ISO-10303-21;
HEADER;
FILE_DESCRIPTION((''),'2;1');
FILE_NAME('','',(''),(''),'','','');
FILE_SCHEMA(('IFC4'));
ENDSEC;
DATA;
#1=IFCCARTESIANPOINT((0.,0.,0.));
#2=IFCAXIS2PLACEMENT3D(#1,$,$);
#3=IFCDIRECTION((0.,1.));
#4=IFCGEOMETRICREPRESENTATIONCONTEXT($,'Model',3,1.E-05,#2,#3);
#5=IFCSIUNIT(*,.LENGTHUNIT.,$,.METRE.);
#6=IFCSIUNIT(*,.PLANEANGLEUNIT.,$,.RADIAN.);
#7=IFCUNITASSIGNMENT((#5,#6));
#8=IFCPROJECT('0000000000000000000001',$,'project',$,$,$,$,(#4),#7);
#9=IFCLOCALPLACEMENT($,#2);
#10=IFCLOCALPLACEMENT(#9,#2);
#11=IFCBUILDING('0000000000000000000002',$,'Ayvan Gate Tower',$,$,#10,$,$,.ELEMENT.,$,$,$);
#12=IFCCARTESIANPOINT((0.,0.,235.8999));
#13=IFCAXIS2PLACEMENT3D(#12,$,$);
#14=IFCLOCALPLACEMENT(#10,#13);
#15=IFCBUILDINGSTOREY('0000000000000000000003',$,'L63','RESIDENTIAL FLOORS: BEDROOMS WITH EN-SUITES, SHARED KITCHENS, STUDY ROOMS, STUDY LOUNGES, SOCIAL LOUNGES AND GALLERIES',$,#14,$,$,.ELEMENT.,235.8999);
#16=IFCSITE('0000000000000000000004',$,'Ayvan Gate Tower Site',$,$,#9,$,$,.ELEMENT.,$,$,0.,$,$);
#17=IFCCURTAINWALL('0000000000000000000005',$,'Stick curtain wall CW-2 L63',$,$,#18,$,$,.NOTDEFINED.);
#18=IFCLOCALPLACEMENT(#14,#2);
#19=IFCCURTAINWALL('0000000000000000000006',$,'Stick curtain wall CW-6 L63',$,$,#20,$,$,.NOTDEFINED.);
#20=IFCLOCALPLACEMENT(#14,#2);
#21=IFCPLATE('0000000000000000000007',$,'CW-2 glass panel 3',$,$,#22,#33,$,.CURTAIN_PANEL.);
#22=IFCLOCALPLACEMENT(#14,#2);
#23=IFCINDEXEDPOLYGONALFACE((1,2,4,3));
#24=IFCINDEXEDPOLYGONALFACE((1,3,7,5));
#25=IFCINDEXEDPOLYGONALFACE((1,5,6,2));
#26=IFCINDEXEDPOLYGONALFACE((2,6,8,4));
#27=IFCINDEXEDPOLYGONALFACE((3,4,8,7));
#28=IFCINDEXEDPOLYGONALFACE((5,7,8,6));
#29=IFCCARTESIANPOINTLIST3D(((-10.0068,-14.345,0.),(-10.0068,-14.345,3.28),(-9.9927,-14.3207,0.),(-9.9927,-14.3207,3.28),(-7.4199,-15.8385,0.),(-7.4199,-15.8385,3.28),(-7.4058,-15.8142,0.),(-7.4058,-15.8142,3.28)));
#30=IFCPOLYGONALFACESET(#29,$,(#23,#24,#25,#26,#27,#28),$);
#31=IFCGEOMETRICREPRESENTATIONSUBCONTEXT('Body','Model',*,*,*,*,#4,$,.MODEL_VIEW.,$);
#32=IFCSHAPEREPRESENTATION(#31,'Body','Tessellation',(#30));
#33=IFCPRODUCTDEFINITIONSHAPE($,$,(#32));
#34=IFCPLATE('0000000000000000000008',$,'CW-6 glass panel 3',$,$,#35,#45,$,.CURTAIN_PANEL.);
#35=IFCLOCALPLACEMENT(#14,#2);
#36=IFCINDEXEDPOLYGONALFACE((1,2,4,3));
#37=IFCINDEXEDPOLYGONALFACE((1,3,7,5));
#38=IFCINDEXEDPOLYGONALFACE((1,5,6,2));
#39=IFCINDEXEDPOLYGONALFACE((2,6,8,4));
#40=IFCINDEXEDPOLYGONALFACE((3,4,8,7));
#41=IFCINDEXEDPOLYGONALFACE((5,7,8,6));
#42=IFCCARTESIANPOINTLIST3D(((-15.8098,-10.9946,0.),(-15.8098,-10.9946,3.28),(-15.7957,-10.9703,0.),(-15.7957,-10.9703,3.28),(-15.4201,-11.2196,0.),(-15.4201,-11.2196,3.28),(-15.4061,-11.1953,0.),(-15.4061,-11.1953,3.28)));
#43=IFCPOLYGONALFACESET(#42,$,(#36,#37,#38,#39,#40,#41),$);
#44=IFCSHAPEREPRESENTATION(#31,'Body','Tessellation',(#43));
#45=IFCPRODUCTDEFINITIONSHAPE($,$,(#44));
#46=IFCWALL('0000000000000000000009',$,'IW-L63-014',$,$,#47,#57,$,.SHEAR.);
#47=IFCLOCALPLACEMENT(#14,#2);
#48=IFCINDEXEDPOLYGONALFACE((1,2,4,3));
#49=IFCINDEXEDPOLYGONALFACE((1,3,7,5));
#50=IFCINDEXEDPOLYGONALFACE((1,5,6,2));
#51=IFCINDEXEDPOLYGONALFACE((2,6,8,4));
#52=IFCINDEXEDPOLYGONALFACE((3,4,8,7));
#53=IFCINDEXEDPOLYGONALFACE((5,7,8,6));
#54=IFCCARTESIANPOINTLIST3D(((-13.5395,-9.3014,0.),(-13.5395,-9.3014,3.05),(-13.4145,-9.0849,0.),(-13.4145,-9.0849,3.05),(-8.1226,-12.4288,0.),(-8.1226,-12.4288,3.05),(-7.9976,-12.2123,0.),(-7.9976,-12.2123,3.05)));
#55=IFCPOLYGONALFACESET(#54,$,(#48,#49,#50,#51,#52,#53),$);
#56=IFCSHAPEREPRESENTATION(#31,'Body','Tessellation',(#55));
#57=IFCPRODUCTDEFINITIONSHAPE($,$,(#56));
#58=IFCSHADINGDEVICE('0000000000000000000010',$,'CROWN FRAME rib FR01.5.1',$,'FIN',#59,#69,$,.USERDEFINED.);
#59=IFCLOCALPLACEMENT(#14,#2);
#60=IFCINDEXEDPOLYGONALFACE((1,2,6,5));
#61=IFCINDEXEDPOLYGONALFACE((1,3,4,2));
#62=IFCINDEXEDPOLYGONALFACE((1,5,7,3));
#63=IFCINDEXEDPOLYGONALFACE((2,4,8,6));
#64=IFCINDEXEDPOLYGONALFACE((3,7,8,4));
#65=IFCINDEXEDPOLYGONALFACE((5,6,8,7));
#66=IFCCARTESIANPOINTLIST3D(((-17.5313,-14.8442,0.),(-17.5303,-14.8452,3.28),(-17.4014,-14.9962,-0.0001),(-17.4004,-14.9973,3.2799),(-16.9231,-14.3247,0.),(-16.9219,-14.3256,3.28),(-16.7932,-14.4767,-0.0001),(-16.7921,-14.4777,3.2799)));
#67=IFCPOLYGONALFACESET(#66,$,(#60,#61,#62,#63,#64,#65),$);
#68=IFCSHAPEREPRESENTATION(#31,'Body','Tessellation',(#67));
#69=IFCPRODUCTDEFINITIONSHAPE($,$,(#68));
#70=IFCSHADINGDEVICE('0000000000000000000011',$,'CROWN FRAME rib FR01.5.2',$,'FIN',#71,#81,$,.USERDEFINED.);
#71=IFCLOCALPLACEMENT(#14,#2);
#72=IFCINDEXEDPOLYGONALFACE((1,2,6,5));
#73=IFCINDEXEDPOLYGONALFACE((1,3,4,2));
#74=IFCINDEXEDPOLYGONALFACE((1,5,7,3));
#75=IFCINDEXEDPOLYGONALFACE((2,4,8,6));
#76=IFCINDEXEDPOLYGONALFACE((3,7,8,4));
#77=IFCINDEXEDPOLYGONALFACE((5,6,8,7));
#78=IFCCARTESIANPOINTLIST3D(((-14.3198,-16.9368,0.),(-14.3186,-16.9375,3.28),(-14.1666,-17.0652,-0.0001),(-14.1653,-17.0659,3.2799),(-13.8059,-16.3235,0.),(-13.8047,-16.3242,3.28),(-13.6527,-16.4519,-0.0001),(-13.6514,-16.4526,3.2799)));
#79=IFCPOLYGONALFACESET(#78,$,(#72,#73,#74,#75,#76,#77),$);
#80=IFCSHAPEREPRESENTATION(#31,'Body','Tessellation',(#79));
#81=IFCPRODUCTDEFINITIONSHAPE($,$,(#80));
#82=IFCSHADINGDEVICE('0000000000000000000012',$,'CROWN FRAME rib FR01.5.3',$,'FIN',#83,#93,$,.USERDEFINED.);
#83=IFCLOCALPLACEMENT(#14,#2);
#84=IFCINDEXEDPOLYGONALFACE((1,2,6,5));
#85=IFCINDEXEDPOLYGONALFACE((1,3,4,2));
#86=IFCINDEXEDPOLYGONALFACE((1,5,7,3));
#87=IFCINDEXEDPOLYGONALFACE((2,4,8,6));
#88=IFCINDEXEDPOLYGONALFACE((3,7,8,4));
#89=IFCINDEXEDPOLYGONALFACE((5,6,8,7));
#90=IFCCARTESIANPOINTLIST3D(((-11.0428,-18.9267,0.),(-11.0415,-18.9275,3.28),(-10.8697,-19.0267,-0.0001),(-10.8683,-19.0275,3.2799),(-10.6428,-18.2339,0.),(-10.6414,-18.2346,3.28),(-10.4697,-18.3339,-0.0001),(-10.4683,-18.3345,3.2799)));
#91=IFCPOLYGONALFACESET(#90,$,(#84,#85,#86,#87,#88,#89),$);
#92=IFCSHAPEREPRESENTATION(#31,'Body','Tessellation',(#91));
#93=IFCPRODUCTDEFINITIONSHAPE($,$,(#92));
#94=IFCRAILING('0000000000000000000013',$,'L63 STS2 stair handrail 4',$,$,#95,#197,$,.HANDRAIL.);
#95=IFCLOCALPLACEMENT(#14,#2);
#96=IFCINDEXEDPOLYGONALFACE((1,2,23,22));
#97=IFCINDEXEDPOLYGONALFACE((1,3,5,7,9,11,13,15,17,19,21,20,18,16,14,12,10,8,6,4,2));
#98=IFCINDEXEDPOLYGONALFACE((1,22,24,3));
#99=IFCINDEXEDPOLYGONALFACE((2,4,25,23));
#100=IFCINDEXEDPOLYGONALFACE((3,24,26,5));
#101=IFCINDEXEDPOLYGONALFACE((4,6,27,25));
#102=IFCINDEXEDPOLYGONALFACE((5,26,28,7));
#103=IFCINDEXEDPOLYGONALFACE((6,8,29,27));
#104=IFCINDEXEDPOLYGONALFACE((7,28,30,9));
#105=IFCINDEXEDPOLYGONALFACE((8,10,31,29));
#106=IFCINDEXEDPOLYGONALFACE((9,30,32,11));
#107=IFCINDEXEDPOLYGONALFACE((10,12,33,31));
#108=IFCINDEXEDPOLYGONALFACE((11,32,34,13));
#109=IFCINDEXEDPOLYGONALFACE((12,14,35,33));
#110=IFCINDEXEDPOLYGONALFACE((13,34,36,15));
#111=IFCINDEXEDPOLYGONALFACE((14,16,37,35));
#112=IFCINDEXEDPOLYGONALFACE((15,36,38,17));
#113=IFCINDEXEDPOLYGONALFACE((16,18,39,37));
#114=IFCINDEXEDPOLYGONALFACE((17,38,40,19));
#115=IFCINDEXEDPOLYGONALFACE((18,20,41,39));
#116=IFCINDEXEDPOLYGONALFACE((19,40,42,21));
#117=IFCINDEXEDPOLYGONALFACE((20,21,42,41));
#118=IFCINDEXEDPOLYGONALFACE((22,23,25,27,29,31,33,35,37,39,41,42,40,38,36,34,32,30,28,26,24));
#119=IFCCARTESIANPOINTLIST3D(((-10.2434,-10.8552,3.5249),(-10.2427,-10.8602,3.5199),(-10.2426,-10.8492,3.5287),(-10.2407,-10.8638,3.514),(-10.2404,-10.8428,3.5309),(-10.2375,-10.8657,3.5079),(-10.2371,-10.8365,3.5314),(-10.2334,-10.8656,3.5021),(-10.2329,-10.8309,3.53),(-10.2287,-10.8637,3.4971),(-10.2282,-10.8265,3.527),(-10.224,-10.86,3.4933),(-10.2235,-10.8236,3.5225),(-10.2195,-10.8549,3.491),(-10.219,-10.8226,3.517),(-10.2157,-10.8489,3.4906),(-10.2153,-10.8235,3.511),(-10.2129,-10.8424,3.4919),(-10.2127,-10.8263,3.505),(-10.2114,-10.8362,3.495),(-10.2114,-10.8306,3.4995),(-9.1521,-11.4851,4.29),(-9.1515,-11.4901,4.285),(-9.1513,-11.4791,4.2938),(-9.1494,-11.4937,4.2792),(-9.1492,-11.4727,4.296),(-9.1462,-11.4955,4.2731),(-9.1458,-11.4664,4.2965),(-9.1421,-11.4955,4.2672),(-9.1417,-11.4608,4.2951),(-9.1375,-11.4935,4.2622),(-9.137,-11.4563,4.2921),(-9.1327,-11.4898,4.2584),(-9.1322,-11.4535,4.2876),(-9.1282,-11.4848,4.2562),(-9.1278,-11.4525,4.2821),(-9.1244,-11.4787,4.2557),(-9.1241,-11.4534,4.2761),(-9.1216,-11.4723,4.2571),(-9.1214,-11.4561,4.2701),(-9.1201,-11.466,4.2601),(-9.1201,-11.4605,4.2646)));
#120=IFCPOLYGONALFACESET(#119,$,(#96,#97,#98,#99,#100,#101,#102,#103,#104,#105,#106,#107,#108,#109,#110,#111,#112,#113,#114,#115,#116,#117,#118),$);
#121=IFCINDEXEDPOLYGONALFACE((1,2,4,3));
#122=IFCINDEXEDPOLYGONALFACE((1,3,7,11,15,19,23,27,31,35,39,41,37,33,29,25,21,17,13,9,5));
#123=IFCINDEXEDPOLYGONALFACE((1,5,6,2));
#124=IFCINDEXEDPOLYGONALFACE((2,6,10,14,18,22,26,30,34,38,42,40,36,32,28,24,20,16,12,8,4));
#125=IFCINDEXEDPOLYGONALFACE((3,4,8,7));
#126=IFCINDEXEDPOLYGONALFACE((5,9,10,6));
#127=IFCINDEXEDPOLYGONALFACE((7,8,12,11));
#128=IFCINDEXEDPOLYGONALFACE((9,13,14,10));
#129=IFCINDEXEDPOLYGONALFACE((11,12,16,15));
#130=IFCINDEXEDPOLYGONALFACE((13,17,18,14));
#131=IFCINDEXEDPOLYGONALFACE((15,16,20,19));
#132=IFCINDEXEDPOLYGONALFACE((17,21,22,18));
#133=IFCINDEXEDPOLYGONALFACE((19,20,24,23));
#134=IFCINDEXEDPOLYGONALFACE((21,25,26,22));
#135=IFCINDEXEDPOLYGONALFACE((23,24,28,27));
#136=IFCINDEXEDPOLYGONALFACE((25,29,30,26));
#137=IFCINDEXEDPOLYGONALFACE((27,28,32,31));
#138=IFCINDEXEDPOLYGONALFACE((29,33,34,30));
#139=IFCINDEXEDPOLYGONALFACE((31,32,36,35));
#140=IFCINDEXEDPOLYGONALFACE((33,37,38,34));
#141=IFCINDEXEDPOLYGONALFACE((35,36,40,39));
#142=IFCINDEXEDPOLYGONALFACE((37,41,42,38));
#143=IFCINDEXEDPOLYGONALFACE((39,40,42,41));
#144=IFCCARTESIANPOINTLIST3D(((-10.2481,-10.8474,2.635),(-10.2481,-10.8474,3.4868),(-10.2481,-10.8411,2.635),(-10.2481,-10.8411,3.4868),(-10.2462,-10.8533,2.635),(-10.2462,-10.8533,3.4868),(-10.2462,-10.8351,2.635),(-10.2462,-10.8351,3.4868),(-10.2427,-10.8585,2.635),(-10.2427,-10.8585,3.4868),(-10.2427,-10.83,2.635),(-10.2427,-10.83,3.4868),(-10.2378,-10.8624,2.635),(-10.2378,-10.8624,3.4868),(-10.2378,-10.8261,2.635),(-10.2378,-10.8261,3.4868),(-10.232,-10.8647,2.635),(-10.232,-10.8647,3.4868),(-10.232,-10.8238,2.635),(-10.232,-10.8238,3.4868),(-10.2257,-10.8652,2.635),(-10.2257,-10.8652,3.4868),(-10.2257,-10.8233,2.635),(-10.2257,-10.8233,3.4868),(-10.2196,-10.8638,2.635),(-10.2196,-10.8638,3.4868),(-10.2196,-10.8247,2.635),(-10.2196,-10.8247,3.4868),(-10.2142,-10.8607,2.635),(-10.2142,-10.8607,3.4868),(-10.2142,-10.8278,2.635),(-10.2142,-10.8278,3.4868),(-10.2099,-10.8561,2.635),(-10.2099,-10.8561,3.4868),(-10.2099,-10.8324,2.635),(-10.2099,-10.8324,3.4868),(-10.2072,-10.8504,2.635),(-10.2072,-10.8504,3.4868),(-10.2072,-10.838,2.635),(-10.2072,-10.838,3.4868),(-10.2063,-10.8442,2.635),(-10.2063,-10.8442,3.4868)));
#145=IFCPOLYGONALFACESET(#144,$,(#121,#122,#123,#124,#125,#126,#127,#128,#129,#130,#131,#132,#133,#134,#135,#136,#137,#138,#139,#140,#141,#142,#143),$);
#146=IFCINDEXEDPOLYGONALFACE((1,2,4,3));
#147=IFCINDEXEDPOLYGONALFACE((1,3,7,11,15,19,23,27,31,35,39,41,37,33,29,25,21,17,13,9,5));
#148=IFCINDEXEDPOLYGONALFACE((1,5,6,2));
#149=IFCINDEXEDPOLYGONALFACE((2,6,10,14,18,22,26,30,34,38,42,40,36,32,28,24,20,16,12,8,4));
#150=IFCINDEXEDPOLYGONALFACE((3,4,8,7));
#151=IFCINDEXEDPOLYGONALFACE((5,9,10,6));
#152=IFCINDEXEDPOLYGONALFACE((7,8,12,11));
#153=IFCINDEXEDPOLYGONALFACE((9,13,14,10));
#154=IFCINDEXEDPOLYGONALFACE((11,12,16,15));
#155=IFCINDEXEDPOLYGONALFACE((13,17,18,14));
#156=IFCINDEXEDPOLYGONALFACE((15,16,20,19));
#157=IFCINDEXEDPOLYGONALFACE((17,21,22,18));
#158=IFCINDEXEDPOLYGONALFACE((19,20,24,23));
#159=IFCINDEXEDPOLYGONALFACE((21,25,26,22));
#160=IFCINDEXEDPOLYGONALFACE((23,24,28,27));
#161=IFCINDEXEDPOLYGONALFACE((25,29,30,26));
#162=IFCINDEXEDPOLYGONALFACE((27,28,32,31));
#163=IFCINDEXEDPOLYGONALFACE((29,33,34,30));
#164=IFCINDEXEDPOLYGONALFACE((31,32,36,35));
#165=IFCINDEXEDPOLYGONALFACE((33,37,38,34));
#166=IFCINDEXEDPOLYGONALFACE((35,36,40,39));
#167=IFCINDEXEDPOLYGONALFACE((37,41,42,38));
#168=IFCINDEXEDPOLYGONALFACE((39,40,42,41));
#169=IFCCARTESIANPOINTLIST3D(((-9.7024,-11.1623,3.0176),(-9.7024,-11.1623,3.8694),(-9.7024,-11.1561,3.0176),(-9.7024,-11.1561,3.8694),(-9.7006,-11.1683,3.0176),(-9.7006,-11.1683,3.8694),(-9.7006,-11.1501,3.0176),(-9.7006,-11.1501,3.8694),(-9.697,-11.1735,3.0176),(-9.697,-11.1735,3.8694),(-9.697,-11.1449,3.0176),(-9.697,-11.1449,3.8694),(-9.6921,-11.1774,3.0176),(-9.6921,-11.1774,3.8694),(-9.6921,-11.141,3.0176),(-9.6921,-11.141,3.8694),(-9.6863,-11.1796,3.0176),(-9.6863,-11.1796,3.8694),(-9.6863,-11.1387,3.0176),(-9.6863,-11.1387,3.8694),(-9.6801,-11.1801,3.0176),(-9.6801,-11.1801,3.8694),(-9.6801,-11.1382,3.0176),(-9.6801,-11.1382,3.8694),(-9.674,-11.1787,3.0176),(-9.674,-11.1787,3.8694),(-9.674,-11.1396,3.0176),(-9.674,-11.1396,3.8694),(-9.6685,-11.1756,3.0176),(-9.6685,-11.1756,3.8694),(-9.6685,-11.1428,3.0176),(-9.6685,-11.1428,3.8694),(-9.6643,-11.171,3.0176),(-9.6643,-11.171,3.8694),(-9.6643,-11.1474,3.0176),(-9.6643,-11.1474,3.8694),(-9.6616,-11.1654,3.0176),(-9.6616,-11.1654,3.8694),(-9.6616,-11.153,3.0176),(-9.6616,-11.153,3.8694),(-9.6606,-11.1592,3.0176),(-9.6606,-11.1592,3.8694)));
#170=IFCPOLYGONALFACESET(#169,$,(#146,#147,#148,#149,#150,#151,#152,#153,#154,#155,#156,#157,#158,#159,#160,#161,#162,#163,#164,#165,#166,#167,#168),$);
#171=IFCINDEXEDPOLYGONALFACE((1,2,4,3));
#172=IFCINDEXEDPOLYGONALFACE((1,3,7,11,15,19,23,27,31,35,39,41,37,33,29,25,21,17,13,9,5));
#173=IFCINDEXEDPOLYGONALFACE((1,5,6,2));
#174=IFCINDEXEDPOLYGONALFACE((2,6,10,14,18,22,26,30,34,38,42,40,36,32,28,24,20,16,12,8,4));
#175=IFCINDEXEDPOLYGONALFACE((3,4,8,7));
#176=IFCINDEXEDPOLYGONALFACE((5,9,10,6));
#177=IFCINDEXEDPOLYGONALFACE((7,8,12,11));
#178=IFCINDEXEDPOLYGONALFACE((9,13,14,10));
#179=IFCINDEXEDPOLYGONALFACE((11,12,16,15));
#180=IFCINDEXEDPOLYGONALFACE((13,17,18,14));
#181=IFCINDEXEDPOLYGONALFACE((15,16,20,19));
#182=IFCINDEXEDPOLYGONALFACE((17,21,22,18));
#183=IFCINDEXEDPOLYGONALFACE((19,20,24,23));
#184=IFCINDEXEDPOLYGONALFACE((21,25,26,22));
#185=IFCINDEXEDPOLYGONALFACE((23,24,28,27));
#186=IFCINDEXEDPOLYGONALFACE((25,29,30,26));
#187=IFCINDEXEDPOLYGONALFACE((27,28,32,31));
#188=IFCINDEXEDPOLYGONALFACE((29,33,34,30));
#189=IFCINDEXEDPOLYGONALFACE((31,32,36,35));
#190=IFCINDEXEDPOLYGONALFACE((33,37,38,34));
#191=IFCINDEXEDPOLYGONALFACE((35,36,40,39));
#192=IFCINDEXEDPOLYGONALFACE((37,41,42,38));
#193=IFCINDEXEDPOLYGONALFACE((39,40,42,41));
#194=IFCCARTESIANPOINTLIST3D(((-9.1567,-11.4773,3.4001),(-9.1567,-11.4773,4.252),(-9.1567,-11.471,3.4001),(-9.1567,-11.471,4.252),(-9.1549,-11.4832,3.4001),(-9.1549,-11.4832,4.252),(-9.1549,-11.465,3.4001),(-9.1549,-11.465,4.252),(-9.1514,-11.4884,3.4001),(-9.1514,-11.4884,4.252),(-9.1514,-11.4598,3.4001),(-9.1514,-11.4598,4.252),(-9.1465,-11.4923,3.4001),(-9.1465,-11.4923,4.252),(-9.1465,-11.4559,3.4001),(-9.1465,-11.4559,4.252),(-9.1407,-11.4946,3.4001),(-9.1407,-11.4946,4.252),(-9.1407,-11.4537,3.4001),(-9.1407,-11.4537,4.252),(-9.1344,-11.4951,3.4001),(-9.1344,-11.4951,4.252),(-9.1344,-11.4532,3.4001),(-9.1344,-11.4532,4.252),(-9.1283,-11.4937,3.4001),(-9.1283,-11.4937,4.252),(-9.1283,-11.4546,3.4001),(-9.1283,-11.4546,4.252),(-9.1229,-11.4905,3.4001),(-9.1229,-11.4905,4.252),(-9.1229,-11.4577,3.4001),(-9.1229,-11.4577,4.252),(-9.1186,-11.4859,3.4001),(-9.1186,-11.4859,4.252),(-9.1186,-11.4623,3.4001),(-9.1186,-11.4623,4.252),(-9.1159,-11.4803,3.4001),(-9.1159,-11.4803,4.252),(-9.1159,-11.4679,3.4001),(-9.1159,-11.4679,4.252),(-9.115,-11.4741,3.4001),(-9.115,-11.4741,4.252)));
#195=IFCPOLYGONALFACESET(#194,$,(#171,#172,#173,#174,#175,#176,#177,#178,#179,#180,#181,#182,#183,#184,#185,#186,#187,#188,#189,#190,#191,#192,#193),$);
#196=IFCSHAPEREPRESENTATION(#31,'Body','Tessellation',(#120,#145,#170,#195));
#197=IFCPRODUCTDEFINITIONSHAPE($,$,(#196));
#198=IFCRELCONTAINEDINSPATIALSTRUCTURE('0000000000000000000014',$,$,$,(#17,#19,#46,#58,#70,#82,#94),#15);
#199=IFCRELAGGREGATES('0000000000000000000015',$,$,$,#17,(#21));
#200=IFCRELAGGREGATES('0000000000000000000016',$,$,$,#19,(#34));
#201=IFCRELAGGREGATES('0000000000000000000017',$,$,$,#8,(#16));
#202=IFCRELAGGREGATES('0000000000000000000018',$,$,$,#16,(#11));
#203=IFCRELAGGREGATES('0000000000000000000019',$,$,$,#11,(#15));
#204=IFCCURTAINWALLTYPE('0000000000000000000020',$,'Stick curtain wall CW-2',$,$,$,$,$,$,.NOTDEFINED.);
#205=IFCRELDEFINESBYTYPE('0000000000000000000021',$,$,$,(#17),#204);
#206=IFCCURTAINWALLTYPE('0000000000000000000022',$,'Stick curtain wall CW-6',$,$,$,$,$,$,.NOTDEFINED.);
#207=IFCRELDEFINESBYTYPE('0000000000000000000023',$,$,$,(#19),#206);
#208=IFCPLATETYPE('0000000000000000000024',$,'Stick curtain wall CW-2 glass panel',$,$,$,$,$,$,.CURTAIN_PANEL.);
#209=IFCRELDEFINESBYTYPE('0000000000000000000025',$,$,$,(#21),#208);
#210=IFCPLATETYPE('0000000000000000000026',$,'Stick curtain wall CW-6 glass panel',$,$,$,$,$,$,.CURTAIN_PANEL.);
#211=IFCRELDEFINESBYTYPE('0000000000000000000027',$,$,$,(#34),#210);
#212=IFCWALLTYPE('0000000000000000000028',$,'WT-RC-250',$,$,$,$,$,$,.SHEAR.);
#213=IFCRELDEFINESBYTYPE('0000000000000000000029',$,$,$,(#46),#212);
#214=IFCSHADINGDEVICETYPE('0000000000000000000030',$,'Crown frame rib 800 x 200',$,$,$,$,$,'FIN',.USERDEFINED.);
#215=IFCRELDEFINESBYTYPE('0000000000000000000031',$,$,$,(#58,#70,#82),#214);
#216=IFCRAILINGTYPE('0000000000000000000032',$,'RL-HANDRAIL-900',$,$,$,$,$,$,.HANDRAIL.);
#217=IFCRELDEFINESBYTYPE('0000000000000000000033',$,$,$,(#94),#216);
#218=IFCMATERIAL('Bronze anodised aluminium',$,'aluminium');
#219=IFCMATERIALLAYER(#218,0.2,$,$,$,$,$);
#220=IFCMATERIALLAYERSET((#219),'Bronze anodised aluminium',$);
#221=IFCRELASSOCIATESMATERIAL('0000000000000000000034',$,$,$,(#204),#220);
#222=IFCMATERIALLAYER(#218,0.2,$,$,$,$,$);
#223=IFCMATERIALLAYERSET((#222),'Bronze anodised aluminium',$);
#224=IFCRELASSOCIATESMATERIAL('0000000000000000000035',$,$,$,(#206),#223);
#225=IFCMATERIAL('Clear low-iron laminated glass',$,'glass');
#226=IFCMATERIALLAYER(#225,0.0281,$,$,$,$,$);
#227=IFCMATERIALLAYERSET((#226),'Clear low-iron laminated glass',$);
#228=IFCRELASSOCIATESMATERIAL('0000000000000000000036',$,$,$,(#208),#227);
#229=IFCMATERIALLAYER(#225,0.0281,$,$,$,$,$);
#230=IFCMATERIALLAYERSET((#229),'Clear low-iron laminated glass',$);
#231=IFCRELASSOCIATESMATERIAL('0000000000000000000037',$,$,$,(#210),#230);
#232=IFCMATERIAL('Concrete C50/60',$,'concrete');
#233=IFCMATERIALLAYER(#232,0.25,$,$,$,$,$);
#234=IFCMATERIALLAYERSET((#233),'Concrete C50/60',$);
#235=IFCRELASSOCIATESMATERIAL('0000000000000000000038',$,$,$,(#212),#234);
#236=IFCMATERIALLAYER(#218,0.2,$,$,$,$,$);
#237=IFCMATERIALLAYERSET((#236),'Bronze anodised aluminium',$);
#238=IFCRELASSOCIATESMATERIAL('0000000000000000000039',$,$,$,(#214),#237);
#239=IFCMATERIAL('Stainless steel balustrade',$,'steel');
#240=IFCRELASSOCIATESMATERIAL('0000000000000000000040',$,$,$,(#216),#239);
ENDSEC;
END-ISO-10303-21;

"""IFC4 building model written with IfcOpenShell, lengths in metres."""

from ifc_helpers import new_model, si_unit, direction, frame, frame_2d, origin, origin_2d, place, context, subcontext, project, spatial, polyline, rectangle, circle, outline, extrude, material, layer, layer_set, type_object, element, aggregate, save


model = new_model("IFC4")

# Units and contexts
model_context = context("Model", 3, precision=1e-05, world=origin(), true_north=direction((0.0, 1.0)))
body_context = subcontext(model_context, "Body", "Model", "MODEL_VIEW")
ifc_project = project(units=[si_unit("LENGTHUNIT", "METRE"), si_unit("PLANEANGLEUNIT", "RADIAN")], contexts=[model_context])

# Site, building, storey
site_placement = place(None, origin())
site = spatial("IfcSite", under=ifc_project, at=site_placement, Name="Ayvan Gate Tower Site", CompositionType="ELEMENT", RefElevation=0.0)
building_placement = place(site_placement, origin())
building = spatial("IfcBuilding", under=site, at=building_placement, Name="Ayvan Gate Tower", CompositionType="ELEMENT")
storey_placement = place(building_placement, frame((0.0, 0.0, 235.8999)))
storey = spatial("IfcBuildingStorey", under=building, at=storey_placement, Name="L63", Description="RESIDENTIAL FLOORS: BEDROOMS WITH EN-SUITES, SHARED KITCHENS, STUDY ROOMS, STUDY LOUNGES, SOCIAL LOUNGES AND GALLERIES", CompositionType="ELEMENT", Elevation=235.8999)

# Shared definitions
ifc_material_1 = material(Name="Concrete C50/60", Category="concrete")

# Curtain walls
ifc_material_2 = material(Name="Bronze anodised aluminium", Category="aluminium")
ifc_layer_1 = layer(ifc_material_2, 0.2)
ifc_layer_set_1 = layer_set([ifc_layer_1], Name="Bronze anodised aluminium")
curtain_wall_type_1 = type_object("IfcCurtainWallType", Name="Stick curtain wall CW-2", PredefinedType="NOTDEFINED", material=ifc_layer_set_1)
curtain_wall_1_placement = place(storey_placement, origin())
curtain_wall_1 = element("IfcCurtainWall", 1, at=curtain_wall_1_placement, inside=storey, type_object=curtain_wall_type_1, Name="Stick curtain wall CW-2 L63", PredefinedType="NOTDEFINED")
ifc_layer_2 = layer(ifc_material_2, 0.2)
ifc_layer_set_2 = layer_set([ifc_layer_2], Name="Bronze anodised aluminium")
curtain_wall_type_2 = type_object("IfcCurtainWallType", Name="Stick curtain wall CW-6", PredefinedType="NOTDEFINED", material=ifc_layer_set_2)
curtain_wall_2_placement = place(storey_placement, origin())
curtain_wall_2 = element("IfcCurtainWall", 2, at=curtain_wall_2_placement, inside=storey, type_object=curtain_wall_type_2, Name="Stick curtain wall CW-6 L63", PredefinedType="NOTDEFINED")

# Plates
ifc_material_3 = material(Name="Clear low-iron laminated glass", Category="glass")
ifc_layer_3 = layer(ifc_material_3, 0.0281)
ifc_layer_set_3 = layer_set([ifc_layer_3], Name="Clear low-iron laminated glass")
plate_type_1 = type_object("IfcPlateType", Name="Stick curtain wall CW-2 glass panel", PredefinedType="CURTAIN_PANEL", material=ifc_layer_set_3)
plate_1_placement = place(storey_placement, frame((-8.7063, -15.0796, 0.0), z_axis=(0.0, 0.0, 1.0), x_axis=(0.866025, -0.5, 0.0)))
plate_1 = element("IfcPlate", 3, at=plate_1_placement, type_object=plate_type_1, Name="CW-2 glass panel 3", PredefinedType="CURTAIN_PANEL", context=body_context, shape_type="SweptSolid", body=[
    extrude(rectangle(XDim=2.9871, YDim=0.0281, at=origin_2d()), origin(), (0.0, 0.0, 1.0), 3.28),
])
aggregate(curtain_wall_1, [plate_1])
ifc_layer_4 = layer(ifc_material_3, 0.0281)
ifc_layer_set_4 = layer_set([ifc_layer_4], Name="Clear low-iron laminated glass")
plate_type_2 = type_object("IfcPlateType", Name="Stick curtain wall CW-6 glass panel", PredefinedType="CURTAIN_PANEL", material=ifc_layer_set_4)
plate_2_placement = place(storey_placement, frame((-15.6079, -11.095, 0.0), z_axis=(0.0, 0.0, 1.0), x_axis=(0.866025, -0.5, 0.0)))
plate_2 = element("IfcPlate", 4, at=plate_2_placement, type_object=plate_type_2, Name="CW-6 glass panel 3", PredefinedType="CURTAIN_PANEL", context=body_context, shape_type="SweptSolid", body=[
    extrude(rectangle(XDim=0.45, YDim=0.0281, at=origin_2d()), origin(), (0.0, 0.0, 1.0), 3.28),
])
aggregate(curtain_wall_2, [plate_2])

# Wall
ifc_layer_5 = layer(ifc_material_1, 0.25)
ifc_layer_set_5 = layer_set([ifc_layer_5], Name="Concrete C50/60")
wall_type = type_object("IfcWallType", Name="WT-RC-250", PredefinedType="SHEAR", material=ifc_layer_set_5)
wall_placement = place(storey_placement, frame((-8.0601, -12.3206, 0.0), z_axis=(0.0, 0.0, 1.0), x_axis=(-0.86603, 0.499993, 0.0)))
element("IfcWall", 5, at=wall_placement, inside=storey, type_object=wall_type, Name="IW-L63-014", PredefinedType="SHEAR", context=body_context, shape_type="SweptSolid", body=[
    extrude(rectangle(XDim=6.2549, YDim=0.25, at=frame_2d((3.1274, 0.0))), origin(), (0.0, 0.0, 1.0), 3.05),
])

# Shading devices
ifc_layer_6 = layer(ifc_material_2, 0.2)
ifc_layer_set_6 = layer_set([ifc_layer_6], Name="Bronze anodised aluminium")
shading_device_type = type_object("IfcShadingDeviceType", Name="Crown frame rib 800 x 200", ElementType="FIN", PredefinedType="USERDEFINED", material=ifc_layer_set_6)
shading_device_1_placement = place(storey_placement, frame((-16.9231, -14.3247, 0.0), z_axis=(-0.649458, 0.760397, 0.000444), x_axis=(-0.760397, -0.649458, 0.0)))
element("IfcShadingDevice", 6, at=shading_device_1_placement, inside=storey, type_object=shading_device_type, Name="CROWN FRAME rib FR01.5.1", ObjectType="FIN", PredefinedType="USERDEFINED", context=body_context, shape_type="SweptSolid", body=[
    extrude(outline(polyline([(0.0, 0.0), (0.7999, 0.0), (0.7997, 3.28), (-0.0003, 3.28), (0.0, 0.0)])), origin(), (0.0, 0.0, -1.0), 0.2),
])
shading_device_2_placement = place(storey_placement, frame((-13.8059, -16.3235, 0.0), z_axis=(-0.766468, 0.642283, 0.000429), x_axis=(-0.642283, -0.766468, 0.0)))
element("IfcShadingDevice", 7, at=shading_device_2_placement, inside=storey, type_object=shading_device_type, Name="CROWN FRAME rib FR01.5.2", ObjectType="FIN", PredefinedType="USERDEFINED", context=body_context, shape_type="SweptSolid", body=[
    extrude(outline(polyline([(0.0, 0.0), (0.8001, 0.0), (0.7999, 3.28), (-0.0002, 3.28), (0.0, 0.0)])), origin(), (0.0, 0.0, -1.0), 0.2),
])
shading_device_3_placement = place(storey_placement, frame((-10.6428, -18.2339, 0.0), z_axis=(-0.866028, 0.499995, 0.000466), x_axis=(-0.499995, -0.866028, 0.0)))
element("IfcShadingDevice", 8, at=shading_device_3_placement, inside=storey, type_object=shading_device_type, Name="CROWN FRAME rib FR01.5.3", ObjectType="FIN", PredefinedType="USERDEFINED", context=body_context, shape_type="SweptSolid", body=[
    extrude(outline(polyline([(0.0, 0.0), (0.8, 0.0), (0.8, 3.28), (-0.0001, 3.28), (0.0, 0.0)])), origin(), (0.0, 0.0, -1.0), 0.2),
])

# Railing
ifc_material_4 = material(Name="Stainless steel balustrade", Category="steel")
railing_type = type_object("IfcRailingType", Name="RL-HANDRAIL-900", PredefinedType="HANDRAIL", material=ifc_material_4)
railing_placement = place(storey_placement, frame((-10.2273, -10.8442, 2.635)))
element("IfcRailing", 9, at=railing_placement, inside=storey, type_object=railing_type, Name="L63 STS2 stair handrail 4", PredefinedType="HANDRAIL", context=body_context, shape_type="SweptSolid", body=[
    extrude(circle(Radius=0.0239, at=origin_2d()), frame((0.0, 0.0, 0.876), z_axis=(0.740293, -0.427283, 0.519033), x_axis=(0.49989, 0.866089, 0.0)), (0.0, 0.0, 1.0), 1.4741),
    extrude(circle(Radius=0.021, at=origin_2d()), origin(), (0.0, 0.0, 1.0), 0.8518),
    extrude(circle(Radius=0.021, at=origin_2d()), frame((0.5457, -0.3149, 0.3826)), (0.0, 0.0, 1.0), 0.8518),
    extrude(circle(Radius=0.021, at=origin_2d()), frame((1.0913, -0.6299, 0.7651)), (0.0, 0.0, 1.0), 0.8518),
])

save(model, "model.ifc")
